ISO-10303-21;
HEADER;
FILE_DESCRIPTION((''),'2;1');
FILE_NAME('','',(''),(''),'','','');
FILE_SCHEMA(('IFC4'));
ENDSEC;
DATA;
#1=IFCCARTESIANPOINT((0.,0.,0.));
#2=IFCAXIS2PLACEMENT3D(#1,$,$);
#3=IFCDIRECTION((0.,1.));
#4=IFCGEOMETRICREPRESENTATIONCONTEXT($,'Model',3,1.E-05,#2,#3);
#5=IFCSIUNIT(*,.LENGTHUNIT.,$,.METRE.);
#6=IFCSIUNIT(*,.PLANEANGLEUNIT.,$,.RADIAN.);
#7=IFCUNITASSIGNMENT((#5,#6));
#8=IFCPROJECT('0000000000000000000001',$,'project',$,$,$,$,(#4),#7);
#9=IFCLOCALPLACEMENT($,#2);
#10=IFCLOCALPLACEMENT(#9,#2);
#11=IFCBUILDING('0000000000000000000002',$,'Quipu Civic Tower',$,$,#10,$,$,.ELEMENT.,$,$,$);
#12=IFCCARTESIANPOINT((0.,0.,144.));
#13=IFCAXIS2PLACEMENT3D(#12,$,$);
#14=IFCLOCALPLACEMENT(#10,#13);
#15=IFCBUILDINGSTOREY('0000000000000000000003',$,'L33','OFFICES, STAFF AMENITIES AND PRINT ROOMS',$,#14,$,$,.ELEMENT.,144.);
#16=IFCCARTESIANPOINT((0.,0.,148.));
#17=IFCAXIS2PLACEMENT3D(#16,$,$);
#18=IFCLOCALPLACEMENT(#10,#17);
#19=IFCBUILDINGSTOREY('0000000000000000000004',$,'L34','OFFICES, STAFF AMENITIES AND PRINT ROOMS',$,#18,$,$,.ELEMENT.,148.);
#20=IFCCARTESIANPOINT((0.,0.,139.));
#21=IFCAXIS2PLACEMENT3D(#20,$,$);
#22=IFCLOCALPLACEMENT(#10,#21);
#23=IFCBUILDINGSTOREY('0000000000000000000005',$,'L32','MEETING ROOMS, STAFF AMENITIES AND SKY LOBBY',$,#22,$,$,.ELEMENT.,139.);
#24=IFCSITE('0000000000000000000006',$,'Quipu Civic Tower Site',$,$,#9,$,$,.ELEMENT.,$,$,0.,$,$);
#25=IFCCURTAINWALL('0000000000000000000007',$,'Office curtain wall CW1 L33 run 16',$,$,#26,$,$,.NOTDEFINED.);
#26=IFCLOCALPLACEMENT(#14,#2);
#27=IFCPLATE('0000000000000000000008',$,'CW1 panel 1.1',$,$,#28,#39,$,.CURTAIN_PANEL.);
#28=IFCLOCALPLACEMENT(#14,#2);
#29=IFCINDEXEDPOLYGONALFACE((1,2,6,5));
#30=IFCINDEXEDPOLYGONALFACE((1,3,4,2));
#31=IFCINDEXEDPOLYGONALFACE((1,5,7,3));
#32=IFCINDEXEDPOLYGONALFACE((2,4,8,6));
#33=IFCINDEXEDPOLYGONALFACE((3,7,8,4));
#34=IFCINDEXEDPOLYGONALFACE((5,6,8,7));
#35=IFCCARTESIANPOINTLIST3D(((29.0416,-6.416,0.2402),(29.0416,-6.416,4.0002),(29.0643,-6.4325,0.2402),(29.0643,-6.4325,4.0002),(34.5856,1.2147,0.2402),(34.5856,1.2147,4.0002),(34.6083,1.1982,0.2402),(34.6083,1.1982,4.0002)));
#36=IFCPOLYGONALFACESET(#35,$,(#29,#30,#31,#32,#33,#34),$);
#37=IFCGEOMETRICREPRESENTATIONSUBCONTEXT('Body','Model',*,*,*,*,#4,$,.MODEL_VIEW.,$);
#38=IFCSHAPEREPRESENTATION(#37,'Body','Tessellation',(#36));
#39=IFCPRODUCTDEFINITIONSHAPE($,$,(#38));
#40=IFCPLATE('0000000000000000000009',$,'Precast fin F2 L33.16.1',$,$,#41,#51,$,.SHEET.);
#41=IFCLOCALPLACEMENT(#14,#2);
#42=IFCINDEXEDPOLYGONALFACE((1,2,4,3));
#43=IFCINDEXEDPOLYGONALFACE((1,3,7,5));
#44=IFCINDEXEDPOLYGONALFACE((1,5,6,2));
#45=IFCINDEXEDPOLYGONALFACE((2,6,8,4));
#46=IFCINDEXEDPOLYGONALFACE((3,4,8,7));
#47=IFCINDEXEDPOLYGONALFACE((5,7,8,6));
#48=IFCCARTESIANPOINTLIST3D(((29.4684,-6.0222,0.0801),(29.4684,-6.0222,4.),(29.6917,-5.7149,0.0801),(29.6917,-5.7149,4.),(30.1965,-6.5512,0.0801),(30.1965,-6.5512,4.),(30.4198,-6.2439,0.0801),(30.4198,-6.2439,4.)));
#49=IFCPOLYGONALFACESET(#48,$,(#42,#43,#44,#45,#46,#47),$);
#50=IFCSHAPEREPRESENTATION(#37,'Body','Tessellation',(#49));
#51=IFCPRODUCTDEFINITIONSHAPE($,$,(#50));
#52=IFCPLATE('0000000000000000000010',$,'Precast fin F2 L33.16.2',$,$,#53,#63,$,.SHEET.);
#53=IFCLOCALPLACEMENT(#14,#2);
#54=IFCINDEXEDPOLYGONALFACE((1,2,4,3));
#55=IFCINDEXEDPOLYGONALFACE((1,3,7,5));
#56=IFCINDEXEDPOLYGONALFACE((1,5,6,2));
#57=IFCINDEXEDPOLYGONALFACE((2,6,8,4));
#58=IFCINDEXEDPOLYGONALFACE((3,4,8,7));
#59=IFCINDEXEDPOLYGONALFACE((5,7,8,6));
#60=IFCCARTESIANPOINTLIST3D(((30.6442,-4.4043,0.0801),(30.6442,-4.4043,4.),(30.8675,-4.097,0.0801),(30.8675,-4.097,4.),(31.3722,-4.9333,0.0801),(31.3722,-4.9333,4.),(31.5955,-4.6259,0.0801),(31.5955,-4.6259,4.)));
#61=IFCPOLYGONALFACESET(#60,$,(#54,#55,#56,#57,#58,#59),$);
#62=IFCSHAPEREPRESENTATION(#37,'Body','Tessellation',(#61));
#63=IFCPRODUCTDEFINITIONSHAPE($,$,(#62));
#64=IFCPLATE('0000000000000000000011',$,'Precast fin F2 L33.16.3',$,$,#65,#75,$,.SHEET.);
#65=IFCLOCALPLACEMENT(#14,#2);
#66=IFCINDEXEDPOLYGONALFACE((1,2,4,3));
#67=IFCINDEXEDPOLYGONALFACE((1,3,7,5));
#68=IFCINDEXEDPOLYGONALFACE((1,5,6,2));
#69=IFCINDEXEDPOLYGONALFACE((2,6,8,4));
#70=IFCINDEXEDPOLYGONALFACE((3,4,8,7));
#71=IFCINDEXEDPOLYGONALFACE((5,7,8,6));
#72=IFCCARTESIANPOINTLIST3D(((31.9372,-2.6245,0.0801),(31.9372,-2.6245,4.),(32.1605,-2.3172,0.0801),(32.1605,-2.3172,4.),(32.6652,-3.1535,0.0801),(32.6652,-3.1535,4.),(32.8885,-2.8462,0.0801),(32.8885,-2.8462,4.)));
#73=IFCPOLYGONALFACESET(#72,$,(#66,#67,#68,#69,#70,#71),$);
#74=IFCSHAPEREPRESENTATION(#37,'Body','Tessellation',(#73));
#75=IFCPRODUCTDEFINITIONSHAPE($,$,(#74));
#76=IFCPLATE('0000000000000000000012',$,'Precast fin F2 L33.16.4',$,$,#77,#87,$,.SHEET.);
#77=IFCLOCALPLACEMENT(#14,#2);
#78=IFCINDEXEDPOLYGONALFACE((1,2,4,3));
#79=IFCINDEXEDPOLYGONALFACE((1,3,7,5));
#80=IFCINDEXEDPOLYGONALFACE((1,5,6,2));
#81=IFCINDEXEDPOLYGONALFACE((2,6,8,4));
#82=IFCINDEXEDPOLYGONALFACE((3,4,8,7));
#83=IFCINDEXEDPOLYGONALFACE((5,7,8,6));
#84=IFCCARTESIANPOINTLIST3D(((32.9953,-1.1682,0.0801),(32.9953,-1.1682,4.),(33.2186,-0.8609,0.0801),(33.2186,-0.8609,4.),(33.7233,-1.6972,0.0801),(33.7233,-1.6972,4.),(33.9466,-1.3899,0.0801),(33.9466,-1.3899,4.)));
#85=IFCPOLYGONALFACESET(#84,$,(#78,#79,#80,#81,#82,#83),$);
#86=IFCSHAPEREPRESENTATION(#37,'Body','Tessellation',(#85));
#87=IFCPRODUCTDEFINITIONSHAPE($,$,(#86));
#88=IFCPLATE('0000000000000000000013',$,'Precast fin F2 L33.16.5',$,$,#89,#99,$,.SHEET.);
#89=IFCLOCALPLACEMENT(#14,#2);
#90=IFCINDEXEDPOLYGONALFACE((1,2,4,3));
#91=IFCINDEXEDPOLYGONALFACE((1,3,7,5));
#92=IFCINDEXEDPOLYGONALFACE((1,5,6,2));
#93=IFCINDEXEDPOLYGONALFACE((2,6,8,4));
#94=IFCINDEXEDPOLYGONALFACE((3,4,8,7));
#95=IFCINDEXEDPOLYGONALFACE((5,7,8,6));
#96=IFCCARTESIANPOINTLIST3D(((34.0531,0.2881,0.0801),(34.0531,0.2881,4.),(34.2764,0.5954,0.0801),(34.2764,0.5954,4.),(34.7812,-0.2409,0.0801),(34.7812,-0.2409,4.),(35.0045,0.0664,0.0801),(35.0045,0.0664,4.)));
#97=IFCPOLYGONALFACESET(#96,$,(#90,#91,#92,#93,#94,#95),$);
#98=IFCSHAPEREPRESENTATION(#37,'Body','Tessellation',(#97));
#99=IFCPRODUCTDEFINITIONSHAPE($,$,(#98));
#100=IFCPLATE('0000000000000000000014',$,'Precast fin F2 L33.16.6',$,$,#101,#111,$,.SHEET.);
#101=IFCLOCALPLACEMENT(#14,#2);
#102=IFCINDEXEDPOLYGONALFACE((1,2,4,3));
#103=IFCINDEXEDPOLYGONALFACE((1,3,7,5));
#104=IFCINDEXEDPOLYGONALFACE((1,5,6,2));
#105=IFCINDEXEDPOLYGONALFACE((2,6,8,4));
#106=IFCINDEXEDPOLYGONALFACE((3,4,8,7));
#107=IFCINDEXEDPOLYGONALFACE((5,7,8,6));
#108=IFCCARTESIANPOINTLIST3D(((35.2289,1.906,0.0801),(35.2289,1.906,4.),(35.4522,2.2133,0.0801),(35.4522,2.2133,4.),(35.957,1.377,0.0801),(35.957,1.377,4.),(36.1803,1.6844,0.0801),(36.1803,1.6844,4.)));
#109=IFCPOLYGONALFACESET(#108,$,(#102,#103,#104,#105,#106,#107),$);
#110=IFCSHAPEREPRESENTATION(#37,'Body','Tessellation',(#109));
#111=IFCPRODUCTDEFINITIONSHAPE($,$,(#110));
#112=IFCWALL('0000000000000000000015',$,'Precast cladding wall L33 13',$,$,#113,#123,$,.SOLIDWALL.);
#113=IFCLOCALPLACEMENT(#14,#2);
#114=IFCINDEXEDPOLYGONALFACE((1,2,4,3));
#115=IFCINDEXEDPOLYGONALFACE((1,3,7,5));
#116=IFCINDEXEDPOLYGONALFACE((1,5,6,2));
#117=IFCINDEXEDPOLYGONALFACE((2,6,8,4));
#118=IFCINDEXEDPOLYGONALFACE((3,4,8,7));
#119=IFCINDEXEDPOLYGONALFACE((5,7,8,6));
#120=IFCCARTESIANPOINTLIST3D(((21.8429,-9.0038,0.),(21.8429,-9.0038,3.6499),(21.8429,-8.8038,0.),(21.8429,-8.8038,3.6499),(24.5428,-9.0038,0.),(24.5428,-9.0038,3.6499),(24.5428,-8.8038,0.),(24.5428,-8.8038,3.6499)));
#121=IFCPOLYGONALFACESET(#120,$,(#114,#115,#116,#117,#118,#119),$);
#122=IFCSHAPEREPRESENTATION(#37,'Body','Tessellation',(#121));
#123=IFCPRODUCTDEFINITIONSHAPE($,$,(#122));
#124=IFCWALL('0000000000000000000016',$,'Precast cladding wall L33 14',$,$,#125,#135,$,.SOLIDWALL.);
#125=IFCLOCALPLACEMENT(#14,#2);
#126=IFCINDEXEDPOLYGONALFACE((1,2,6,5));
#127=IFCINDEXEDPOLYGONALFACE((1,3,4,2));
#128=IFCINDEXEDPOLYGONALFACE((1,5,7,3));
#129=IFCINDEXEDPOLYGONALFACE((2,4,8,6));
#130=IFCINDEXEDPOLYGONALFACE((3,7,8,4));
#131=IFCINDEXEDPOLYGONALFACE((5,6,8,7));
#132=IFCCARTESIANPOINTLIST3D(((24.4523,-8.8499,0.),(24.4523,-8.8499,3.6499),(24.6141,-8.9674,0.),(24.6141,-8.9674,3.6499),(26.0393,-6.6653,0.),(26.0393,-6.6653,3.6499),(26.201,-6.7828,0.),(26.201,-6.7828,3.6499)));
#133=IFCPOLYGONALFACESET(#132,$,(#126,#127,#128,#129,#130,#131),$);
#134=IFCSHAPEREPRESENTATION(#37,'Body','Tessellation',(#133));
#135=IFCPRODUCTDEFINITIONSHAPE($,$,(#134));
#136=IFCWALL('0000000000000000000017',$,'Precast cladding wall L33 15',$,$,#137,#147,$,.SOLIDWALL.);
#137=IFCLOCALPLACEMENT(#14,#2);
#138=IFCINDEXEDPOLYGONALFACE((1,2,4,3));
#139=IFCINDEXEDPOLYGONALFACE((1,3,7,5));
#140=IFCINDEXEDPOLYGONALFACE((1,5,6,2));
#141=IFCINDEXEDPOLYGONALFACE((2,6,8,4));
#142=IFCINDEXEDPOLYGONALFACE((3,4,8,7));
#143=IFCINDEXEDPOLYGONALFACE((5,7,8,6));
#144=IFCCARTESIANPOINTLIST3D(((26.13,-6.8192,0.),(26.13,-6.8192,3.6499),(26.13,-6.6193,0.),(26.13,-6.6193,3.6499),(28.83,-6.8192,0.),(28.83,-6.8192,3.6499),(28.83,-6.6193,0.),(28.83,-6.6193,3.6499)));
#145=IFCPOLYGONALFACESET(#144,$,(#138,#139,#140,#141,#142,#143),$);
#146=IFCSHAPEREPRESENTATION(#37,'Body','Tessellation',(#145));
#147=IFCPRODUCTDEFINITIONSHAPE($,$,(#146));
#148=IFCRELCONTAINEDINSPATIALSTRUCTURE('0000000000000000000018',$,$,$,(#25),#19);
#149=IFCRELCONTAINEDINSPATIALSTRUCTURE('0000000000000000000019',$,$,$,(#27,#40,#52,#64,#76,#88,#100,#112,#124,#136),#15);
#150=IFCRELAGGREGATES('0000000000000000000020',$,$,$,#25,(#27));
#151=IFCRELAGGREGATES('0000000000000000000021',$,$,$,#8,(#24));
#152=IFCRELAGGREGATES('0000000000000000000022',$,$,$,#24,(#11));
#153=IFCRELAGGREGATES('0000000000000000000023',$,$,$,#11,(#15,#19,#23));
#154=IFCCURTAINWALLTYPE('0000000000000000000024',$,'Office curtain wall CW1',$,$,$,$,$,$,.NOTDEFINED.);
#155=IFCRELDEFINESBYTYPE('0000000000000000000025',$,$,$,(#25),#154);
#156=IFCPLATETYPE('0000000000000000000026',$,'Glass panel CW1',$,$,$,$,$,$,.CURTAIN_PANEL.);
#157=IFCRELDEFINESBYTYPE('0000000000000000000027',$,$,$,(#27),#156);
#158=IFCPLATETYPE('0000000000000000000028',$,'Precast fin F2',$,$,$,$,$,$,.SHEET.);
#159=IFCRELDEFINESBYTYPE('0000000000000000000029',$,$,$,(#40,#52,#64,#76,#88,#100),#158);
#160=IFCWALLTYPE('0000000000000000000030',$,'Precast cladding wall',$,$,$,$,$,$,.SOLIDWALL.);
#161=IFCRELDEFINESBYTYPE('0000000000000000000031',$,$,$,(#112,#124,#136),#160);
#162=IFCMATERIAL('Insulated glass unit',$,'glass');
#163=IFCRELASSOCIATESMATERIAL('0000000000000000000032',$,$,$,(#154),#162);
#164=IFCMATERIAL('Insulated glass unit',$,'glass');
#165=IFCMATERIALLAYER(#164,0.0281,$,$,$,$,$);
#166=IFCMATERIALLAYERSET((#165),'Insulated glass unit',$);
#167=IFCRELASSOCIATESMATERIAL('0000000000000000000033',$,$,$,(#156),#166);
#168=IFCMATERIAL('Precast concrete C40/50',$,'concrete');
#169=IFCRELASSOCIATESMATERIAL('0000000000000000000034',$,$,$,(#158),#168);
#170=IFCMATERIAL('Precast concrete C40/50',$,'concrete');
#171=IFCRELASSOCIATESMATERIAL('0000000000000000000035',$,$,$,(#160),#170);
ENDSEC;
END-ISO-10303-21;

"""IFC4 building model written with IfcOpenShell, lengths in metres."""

from ifc_helpers import new_model, si_unit, direction, frame, frame_2d, origin, origin_2d, place, context, subcontext, project, spatial, rectangle, extrude, material, layer, layer_set, type_object, element, aggregate, save


model = new_model("IFC4")

# Units and contexts
model_context = context("Model", 3, precision=1e-05, world=origin(), true_north=direction((0.0, 1.0)))
body_context = subcontext(model_context, "Body", "Model", "MODEL_VIEW")
ifc_project = project(units=[si_unit("LENGTHUNIT", "METRE"), si_unit("PLANEANGLEUNIT", "RADIAN")], contexts=[model_context])

# Site, building, storey
site_placement = place(None, origin())
site = spatial("IfcSite", under=ifc_project, at=site_placement, Name="Quipu Civic Tower Site", CompositionType="ELEMENT", RefElevation=0.0)
building_placement = place(site_placement, origin())
building = spatial("IfcBuilding", under=site, at=building_placement, Name="Quipu Civic Tower", CompositionType="ELEMENT")
storey_1_placement = place(building_placement, frame((0.0, 0.0, 144.0)))
storey_1 = spatial("IfcBuildingStorey", under=building, at=storey_1_placement, Name="L33", Description="OFFICES, STAFF AMENITIES AND PRINT ROOMS", CompositionType="ELEMENT", Elevation=144.0)

# Shared definitions
storey_2_placement = place(building_placement, frame((0.0, 0.0, 148.0)))
storey_2 = spatial("IfcBuildingStorey", under=building, at=storey_2_placement, Name="L34", Description="OFFICES, STAFF AMENITIES AND PRINT ROOMS", CompositionType="ELEMENT", Elevation=148.0)

# Curtain wall
ifc_material_1 = material(Name="Insulated glass unit", Category="glass")
curtain_wall_type_1 = type_object("IfcCurtainWallType", Name="Office curtain wall CW1", PredefinedType="NOTDEFINED", material=ifc_material_1)
curtain_wall_1_placement = place(storey_2_placement, origin())
curtain_wall_1 = element("IfcCurtainWall", 1, at=curtain_wall_1_placement, inside=storey_2, type_object=curtain_wall_type_1, Name="Office curtain wall CW1 L33 run 16", PredefinedType="NOTDEFINED")

# Shared definitions
storey_3_placement = place(building_placement, frame((0.0, 0.0, 139.0)))
storey_3 = spatial("IfcBuildingStorey", under=building, at=storey_3_placement, Name="L32", Description="MEETING ROOMS, STAFF AMENITIES AND SKY LOBBY", CompositionType="ELEMENT", Elevation=139.0)

# Plate
ifc_material_2 = material(Name="Insulated glass unit", Category="glass")
ifc_layer = layer(ifc_material_2, 0.0281)
ifc_layer_set = layer_set([ifc_layer], Name="Insulated glass unit")
plate_type_1 = type_object("IfcPlateType", Name="Glass panel CW1", PredefinedType="CURTAIN_PANEL", material=ifc_layer_set)
plate_placement = place(storey_1_placement, frame((31.825, -2.6089, 0.2402), z_axis=(0.0, 0.0, 1.0), x_axis=(0.587786, 0.809017, 0.0)))
plate = element("IfcPlate", 2, at=plate_placement, inside=storey_1, type_object=plate_type_1, Name="CW1 panel 1.1", PredefinedType="CURTAIN_PANEL", context=body_context, shape_type="SweptSolid", body=[
    extrude(rectangle(XDim=9.4321, YDim=0.0281, at=origin_2d()), origin(), (0.0, 0.0, 1.0), 3.76),
])
aggregate(curtain_wall_1, [plate])

# Plates
ifc_material_3 = material(Name="Precast concrete C40/50", Category="concrete")
plate_type_2 = type_object("IfcPlateType", Name="Precast fin F2", PredefinedType="SHEET", material=ifc_material_3)
for number, where, z_axis, x_axis, name in (
    (3, (29.9441, -6.1331, 0.0801), (0.0, 0.0, 1.0), (0.587786, 0.809017, 0.0), "Precast fin F2 L33.16.1"),
    (4, (31.1199, -4.5151, 0.0801), (0.0, 0.0, 1.0), (0.587786, 0.809017, 0.0), "Precast fin F2 L33.16.2"),
    (5, (32.4128, -2.7354, 0.0801), (0.0, 0.0, 1.0), (0.587786, 0.809017, 0.0), "Precast fin F2 L33.16.3"),
    (6, (33.4709, -1.2791, 0.0801), (0.0, 0.0, 1.0), (0.587786, 0.809017, 0.0), "Precast fin F2 L33.16.4"),
    (7, (34.5288, 0.1772, 0.0801), (0.0, 0.0, 1.0), (0.587786, 0.809017, 0.0), "Precast fin F2 L33.16.5"),
    (8, (35.7046, 1.7952, 0.0801), (0.0, 0.0, 1.0), (0.587786, 0.809017, 0.0), "Precast fin F2 L33.16.6"),
):
    element("IfcPlate", number, at=place(storey_1_placement, frame(where, z_axis=z_axis, x_axis=x_axis)), inside=storey_1, type_object=plate_type_2, Name=name, PredefinedType="SHEET", context=body_context, shape_type="SweptSolid", body=[
        extrude(rectangle(XDim=0.3799, YDim=0.8999, at=origin_2d()), origin(), (0.0, 0.0, 1.0), 3.9199),
    ])

# Walls
ifc_material_4 = material(Name="Precast concrete C40/50", Category="concrete")
wall_type = type_object("IfcWallType", Name="Precast cladding wall", PredefinedType="SOLIDWALL", material=ifc_material_4)
wall_1_placement = place(storey_1_placement, frame((21.8428, -8.9038, 0.0), z_axis=(0.0, 0.0, 1.0), x_axis=(1.0, 0.0, 0.0)))
element("IfcWall", 9, at=wall_1_placement, inside=storey_1, type_object=wall_type, Name="Precast cladding wall L33 13", PredefinedType="SOLIDWALL", context=body_context, shape_type="SweptSolid", body=[
    extrude(rectangle(XDim=2.7, YDim=0.2, at=frame_2d((1.3501, 0.0))), origin(), (0.0, 0.0, 1.0), 3.6499),
])
wall_2_placement = place(storey_1_placement, frame((24.5332, -8.9087, 0.0), z_axis=(0.0, 0.0, 1.0), x_axis=(0.58772, 0.809064, 0.0)))
element("IfcWall", 10, at=wall_2_placement, inside=storey_1, type_object=wall_type, Name="Precast cladding wall L33 14", PredefinedType="SOLIDWALL", context=body_context, shape_type="SweptSolid", body=[
    extrude(rectangle(XDim=2.7002, YDim=0.2, at=frame_2d((1.3501, 0.0))), origin(), (0.0, 0.0, 1.0), 3.6499),
])
wall_3_placement = place(storey_1_placement, frame((26.1299, -6.7192, 0.0), z_axis=(0.0, 0.0, 1.0), x_axis=(1.0, 0.0, 0.0)))
element("IfcWall", 11, at=wall_3_placement, inside=storey_1, type_object=wall_type, Name="Precast cladding wall L33 15", PredefinedType="SOLIDWALL", context=body_context, shape_type="SweptSolid", body=[
    extrude(rectangle(XDim=2.7, YDim=0.2, at=frame_2d((1.3501, 0.0))), origin(), (0.0, 0.0, 1.0), 3.6499),
])

save(model, "model.ifc")
